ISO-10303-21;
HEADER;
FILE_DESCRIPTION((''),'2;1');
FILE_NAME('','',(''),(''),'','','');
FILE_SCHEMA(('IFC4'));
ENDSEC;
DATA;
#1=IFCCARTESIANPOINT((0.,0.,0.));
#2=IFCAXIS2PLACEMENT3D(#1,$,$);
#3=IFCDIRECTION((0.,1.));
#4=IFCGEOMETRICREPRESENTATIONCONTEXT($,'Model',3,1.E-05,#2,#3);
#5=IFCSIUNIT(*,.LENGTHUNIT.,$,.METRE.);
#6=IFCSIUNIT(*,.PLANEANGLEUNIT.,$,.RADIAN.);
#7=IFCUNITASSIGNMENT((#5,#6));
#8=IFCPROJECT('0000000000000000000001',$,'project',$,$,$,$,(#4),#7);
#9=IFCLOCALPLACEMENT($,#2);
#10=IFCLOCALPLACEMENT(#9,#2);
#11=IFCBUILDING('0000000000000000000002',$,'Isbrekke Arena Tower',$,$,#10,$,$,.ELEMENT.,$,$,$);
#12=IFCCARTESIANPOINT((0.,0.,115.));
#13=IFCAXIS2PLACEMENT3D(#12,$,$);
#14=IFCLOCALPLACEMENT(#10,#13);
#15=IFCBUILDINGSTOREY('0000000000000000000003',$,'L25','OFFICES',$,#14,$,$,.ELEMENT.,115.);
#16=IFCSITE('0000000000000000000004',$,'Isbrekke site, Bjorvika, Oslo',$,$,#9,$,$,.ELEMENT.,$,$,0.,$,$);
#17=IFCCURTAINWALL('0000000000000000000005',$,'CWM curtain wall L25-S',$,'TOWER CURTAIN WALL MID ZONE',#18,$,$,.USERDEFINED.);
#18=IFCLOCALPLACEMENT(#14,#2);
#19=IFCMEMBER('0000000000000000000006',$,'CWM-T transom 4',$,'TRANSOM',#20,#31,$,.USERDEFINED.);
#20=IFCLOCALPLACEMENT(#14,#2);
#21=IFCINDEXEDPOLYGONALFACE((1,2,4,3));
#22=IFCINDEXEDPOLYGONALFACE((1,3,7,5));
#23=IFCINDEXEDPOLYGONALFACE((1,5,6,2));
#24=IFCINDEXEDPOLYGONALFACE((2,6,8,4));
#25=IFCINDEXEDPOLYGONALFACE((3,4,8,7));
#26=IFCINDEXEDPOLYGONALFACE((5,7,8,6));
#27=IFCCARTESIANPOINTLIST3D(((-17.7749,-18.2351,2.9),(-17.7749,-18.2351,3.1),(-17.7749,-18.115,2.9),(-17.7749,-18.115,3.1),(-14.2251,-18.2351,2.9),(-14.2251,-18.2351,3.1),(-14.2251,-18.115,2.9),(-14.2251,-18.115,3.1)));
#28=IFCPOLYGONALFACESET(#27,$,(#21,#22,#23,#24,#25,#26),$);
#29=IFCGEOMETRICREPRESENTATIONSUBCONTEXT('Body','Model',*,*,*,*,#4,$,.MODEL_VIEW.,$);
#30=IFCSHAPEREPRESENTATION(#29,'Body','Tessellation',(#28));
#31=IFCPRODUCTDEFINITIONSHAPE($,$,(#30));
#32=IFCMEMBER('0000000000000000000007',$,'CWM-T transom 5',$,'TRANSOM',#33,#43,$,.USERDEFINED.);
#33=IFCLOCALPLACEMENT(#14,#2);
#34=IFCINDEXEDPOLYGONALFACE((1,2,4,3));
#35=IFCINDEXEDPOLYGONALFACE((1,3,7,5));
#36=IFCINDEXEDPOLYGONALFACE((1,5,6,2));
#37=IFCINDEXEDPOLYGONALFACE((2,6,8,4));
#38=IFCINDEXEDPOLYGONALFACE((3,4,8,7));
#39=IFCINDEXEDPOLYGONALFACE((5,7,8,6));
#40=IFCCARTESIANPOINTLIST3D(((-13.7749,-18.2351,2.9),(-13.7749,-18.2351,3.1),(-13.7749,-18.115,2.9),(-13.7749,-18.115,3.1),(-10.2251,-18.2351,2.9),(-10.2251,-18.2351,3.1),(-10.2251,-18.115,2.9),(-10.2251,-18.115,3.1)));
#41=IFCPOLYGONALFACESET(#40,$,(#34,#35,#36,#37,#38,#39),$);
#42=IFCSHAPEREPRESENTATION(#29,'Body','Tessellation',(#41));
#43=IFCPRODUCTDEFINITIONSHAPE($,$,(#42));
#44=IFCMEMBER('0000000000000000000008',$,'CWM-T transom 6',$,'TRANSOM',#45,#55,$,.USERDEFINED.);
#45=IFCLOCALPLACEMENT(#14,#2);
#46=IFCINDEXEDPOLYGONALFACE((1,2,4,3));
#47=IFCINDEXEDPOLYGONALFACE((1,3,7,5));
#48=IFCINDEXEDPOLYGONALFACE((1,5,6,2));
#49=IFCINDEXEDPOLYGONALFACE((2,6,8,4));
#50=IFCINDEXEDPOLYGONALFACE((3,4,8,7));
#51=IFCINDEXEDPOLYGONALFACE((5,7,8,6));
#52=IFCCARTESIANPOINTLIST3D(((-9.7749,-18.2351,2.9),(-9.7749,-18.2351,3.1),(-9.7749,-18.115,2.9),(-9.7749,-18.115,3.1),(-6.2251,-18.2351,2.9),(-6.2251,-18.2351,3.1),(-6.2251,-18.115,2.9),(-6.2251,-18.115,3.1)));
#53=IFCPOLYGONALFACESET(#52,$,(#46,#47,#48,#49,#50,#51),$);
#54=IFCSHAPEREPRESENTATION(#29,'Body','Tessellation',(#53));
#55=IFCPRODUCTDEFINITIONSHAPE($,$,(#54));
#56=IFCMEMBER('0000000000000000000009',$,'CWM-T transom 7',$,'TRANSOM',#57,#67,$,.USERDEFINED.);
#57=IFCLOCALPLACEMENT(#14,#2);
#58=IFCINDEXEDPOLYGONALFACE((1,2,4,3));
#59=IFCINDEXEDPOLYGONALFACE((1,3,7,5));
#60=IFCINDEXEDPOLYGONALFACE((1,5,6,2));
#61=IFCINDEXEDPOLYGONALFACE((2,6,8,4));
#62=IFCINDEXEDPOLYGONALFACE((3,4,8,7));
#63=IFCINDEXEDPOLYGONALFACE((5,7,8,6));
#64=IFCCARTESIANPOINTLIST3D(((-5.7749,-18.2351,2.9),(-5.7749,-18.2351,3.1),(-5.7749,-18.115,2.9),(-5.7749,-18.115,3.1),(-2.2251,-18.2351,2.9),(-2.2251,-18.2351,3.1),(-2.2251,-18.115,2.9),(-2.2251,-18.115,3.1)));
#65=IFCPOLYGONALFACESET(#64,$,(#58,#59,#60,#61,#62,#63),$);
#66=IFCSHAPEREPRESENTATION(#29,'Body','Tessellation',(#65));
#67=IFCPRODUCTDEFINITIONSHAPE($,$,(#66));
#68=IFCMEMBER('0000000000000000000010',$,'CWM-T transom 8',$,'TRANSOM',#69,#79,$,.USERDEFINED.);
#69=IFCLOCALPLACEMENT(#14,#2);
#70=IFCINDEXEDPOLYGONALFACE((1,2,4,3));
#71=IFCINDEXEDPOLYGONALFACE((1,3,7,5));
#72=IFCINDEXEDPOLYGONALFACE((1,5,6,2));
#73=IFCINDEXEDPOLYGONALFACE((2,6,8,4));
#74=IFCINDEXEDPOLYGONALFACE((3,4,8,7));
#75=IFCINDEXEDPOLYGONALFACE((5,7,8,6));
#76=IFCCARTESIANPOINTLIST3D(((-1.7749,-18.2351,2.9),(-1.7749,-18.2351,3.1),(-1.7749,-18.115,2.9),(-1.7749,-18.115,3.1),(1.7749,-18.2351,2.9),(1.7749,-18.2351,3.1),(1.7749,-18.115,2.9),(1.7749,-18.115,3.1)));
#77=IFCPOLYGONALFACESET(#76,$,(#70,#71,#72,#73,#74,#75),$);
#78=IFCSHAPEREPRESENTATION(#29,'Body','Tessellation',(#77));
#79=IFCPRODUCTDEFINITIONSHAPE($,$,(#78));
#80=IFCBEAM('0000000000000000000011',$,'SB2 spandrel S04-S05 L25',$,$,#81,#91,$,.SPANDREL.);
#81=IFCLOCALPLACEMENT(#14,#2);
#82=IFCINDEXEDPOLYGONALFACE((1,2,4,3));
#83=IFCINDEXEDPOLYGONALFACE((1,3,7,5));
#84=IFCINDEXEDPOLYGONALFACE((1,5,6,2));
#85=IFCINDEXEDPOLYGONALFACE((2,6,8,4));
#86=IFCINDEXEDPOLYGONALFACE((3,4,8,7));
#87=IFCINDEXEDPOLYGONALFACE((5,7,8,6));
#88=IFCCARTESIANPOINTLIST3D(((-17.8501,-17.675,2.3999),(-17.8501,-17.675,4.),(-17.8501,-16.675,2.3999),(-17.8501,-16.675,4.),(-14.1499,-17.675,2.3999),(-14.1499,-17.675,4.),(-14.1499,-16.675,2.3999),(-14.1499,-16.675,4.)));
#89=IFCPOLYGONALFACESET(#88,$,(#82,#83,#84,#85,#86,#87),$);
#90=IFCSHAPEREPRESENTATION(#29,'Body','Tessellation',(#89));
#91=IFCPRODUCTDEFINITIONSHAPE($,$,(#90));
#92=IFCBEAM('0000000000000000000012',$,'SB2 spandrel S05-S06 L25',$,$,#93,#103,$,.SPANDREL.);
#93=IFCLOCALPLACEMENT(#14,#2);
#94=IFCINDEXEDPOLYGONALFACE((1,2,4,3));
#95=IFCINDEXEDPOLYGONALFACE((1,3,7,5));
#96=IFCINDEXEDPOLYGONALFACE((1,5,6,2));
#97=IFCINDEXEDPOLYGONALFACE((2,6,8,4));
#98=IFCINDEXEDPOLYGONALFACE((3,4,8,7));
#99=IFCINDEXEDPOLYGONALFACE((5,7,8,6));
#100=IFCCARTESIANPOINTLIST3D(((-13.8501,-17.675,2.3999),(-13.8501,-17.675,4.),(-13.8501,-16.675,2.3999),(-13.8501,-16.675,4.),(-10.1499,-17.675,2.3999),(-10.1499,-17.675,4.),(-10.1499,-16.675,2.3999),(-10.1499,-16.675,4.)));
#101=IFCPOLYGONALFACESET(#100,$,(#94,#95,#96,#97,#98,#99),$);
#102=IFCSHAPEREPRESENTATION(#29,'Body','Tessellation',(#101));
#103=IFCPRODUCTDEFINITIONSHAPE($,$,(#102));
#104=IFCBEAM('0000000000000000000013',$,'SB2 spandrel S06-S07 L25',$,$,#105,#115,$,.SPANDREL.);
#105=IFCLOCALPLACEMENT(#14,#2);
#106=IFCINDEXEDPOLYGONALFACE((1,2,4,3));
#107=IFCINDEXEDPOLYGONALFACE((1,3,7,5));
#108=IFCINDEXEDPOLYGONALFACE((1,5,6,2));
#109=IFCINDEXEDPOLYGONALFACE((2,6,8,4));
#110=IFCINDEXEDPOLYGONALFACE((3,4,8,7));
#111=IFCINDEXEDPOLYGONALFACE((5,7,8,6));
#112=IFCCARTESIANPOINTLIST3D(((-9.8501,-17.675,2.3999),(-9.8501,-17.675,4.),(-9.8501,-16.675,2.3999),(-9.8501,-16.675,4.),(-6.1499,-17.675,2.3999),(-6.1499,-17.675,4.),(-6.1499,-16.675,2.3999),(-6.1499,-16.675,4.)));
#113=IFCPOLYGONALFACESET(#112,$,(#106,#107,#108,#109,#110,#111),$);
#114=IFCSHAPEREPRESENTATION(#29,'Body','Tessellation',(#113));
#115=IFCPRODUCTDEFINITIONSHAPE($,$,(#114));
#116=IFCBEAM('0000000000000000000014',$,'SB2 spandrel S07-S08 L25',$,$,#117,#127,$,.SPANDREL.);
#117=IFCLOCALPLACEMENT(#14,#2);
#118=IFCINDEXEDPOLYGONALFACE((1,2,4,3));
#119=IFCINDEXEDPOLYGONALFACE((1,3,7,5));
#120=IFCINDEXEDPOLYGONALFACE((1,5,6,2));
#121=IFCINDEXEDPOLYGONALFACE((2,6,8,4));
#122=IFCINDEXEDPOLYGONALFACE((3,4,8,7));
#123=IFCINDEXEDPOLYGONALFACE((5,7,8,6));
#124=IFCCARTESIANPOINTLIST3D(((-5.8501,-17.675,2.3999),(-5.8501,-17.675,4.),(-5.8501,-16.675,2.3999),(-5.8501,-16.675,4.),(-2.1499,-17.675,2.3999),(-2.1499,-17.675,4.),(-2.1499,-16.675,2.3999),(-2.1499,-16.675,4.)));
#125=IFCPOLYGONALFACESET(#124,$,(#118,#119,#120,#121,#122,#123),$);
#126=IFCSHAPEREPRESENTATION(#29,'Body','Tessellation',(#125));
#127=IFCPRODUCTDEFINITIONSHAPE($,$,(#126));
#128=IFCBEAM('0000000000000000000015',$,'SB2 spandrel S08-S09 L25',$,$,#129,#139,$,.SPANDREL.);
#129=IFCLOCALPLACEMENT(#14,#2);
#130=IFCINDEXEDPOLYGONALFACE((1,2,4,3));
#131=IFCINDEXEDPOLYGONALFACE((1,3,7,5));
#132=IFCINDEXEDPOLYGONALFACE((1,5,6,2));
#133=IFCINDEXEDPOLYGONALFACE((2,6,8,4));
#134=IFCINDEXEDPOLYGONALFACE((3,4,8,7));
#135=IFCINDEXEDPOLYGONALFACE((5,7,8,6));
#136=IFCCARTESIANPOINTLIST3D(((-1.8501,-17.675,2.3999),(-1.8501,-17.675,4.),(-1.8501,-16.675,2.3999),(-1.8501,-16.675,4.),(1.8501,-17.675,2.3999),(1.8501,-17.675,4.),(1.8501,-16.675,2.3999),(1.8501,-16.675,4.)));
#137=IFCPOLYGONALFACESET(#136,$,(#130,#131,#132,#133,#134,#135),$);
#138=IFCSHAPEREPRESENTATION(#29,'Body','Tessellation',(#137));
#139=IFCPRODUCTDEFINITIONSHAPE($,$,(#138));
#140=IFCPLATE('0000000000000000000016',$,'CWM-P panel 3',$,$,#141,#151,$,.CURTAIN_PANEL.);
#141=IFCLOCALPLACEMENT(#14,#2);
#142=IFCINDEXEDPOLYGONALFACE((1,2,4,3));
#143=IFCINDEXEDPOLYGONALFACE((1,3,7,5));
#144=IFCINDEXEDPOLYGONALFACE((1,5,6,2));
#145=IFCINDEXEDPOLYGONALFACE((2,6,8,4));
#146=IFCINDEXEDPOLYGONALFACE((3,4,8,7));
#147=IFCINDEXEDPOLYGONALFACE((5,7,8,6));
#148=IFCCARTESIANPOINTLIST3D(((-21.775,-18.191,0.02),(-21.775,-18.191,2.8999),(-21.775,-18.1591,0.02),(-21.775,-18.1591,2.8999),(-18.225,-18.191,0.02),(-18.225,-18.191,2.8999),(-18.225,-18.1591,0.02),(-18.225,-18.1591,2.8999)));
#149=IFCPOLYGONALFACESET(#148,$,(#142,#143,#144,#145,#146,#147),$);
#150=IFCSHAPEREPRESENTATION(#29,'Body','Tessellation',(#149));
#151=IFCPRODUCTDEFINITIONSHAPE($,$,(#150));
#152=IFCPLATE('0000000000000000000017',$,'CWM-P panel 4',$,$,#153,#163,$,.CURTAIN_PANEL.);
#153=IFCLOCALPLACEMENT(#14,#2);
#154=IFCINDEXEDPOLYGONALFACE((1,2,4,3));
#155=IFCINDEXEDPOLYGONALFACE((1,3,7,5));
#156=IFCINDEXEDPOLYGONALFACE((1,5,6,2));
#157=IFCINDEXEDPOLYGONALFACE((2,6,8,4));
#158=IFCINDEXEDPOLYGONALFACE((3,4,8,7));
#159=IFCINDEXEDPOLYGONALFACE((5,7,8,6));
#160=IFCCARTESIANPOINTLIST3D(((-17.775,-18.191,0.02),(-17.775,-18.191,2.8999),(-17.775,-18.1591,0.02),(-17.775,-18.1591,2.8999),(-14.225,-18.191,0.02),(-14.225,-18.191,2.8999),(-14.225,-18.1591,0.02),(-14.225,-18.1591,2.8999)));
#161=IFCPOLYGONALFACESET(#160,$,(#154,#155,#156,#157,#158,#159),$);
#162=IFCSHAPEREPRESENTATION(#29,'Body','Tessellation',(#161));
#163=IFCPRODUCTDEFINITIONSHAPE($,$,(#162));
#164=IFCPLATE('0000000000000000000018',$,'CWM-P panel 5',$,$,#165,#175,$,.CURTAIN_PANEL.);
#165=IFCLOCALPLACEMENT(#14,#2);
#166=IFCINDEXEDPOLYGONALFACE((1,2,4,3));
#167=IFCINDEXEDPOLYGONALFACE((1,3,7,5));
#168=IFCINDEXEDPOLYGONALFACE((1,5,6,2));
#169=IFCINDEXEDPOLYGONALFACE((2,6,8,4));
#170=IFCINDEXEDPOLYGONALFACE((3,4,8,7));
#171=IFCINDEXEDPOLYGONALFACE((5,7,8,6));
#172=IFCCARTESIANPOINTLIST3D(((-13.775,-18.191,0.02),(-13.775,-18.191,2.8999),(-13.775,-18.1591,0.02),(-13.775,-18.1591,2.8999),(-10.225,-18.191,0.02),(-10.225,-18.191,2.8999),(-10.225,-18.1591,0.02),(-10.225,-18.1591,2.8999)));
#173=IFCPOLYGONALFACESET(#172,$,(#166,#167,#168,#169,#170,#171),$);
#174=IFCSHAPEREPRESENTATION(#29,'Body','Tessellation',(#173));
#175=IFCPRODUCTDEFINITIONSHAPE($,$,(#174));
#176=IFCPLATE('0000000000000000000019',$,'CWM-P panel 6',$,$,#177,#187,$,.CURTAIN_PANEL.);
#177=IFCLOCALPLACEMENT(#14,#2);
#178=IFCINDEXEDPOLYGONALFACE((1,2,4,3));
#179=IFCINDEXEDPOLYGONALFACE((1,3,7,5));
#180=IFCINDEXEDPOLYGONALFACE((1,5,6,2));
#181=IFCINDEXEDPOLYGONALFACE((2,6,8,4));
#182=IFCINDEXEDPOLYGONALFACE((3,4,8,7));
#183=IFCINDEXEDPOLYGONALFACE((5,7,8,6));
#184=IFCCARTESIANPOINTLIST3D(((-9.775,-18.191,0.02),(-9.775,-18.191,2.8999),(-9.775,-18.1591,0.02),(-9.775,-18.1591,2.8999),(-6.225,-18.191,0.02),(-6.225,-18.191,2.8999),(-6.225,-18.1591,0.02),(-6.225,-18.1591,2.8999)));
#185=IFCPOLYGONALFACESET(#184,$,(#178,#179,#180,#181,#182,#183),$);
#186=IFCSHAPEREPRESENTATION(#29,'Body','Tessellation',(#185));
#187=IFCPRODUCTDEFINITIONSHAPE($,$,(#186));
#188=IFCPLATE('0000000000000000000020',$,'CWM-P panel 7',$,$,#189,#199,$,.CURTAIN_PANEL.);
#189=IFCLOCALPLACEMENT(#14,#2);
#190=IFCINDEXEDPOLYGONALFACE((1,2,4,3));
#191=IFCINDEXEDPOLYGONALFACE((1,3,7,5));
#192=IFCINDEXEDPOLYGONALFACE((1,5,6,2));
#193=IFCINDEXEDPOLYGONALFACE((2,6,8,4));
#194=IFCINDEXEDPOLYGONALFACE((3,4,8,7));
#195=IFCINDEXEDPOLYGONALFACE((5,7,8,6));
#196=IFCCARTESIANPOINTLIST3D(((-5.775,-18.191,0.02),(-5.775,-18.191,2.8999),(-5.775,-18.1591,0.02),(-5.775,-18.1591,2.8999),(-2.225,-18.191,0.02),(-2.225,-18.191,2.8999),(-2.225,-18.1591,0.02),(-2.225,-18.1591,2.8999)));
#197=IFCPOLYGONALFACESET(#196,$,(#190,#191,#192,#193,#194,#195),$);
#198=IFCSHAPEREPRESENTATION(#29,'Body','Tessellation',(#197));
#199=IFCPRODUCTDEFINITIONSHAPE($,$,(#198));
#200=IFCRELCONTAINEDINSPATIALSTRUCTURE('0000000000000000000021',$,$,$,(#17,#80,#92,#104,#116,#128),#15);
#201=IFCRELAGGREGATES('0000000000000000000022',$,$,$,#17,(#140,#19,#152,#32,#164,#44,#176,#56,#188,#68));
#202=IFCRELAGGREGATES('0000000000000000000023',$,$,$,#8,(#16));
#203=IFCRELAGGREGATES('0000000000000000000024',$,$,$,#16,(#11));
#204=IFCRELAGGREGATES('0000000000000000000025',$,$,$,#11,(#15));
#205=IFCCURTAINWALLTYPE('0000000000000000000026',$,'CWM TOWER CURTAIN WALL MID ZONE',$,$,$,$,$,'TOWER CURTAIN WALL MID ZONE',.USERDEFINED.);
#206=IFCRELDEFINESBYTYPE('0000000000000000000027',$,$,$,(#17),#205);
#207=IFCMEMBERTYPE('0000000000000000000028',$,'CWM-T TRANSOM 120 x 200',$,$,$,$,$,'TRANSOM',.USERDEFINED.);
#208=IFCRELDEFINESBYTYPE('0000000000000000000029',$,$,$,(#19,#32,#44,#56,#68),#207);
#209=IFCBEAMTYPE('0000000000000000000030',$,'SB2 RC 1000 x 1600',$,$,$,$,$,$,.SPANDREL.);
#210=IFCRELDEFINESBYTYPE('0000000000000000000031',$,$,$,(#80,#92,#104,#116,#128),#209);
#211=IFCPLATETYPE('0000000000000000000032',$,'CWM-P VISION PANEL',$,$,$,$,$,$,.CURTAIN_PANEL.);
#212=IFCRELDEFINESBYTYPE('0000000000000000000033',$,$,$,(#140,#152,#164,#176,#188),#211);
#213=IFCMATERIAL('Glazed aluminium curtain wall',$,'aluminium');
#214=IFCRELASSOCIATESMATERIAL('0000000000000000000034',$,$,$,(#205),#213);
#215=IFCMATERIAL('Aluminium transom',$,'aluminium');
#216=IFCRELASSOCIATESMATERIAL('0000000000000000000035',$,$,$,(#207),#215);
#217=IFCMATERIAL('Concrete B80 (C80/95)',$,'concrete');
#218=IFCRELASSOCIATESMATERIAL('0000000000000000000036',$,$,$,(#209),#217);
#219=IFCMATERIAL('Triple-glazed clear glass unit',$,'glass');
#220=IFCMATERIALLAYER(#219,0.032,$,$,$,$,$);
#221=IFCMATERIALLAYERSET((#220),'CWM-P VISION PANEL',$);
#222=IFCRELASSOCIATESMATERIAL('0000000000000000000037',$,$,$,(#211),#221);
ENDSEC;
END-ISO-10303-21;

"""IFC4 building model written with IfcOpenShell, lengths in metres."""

from ifc_helpers import new_model, si_unit, direction, frame, origin, origin_2d, place, context, subcontext, project, spatial, rectangle, extrude, material, layer, layer_set, material_profile, profile_set, type_object, element, aggregate, save


model = new_model("IFC4")

# Units and contexts
model_context = context("Model", 3, precision=1e-05, world=origin(), true_north=direction((0.0, 1.0)))
body_context = subcontext(model_context, "Body", "Model", "MODEL_VIEW")
ifc_project = project(units=[si_unit("LENGTHUNIT", "METRE"), si_unit("PLANEANGLEUNIT", "RADIAN")], contexts=[model_context])

# Site, building, storey
site_placement = place(None, origin())
site = spatial("IfcSite", under=ifc_project, at=site_placement, Name="Isbrekke site, Bjorvika, Oslo", CompositionType="ELEMENT", RefElevation=0.0)
building_placement = place(site_placement, origin())
building = spatial("IfcBuilding", under=site, at=building_placement, Name="Isbrekke Arena Tower", CompositionType="ELEMENT")
storey_placement = place(building_placement, frame((0.0, 0.0, 115.0)))
storey = spatial("IfcBuildingStorey", under=building, at=storey_placement, Name="L25", Description="OFFICES", CompositionType="ELEMENT", Elevation=115.0)

# Curtain wall, members
ifc_material_1 = material(Name="Glazed aluminium curtain wall", Category="aluminium")
curtain_wall_type = type_object("IfcCurtainWallType", Name="CWM TOWER CURTAIN WALL MID ZONE", ElementType="TOWER CURTAIN WALL MID ZONE", PredefinedType="USERDEFINED", material=ifc_material_1)
curtain_wall_placement = place(storey_placement, origin())
curtain_wall = element("IfcCurtainWall", 1, at=curtain_wall_placement, inside=storey, type_object=curtain_wall_type, Name="CWM curtain wall L25-S", ObjectType="TOWER CURTAIN WALL MID ZONE", PredefinedType="USERDEFINED")
ifc_material_2 = material(Name="Aluminium transom", Category="aluminium")
ifc_material_profile_1 = material_profile(ifc_material_2, rectangle(XDim=0.1201, YDim=0.2, at=origin_2d()), Name="TRANSOM 120X200")
ifc_profile_set_1 = profile_set([ifc_material_profile_1], Name="Aluminium transom")
member_type_1 = type_object("IfcMemberType", Name="CWM-T TRANSOM 120 x 200", ElementType="TRANSOM", PredefinedType="USERDEFINED", material=ifc_profile_set_1)
member_1_placement = place(storey_placement, frame((-17.7749, -18.175, 3.0), z_axis=(1.0, 0.0, 0.0), x_axis=(0.0, 1.0, 0.0)))
member_1 = element("IfcMember", 2, at=member_1_placement, type_object=member_type_1, Name="CWM-T transom 4", ObjectType="TRANSOM", PredefinedType="USERDEFINED", context=body_context, shape_type="SweptSolid", body=[
    extrude(rectangle(XDim=0.1201, YDim=0.2, at=origin_2d()), origin(), (0.0, 0.0, 1.0), 3.5498),
])
member_2_placement = place(storey_placement, frame((-13.7749, -18.175, 3.0), z_axis=(1.0, 0.0, 0.0), x_axis=(0.0, 1.0, 0.0)))
member_2 = element("IfcMember", 3, at=member_2_placement, type_object=member_type_1, Name="CWM-T transom 5", ObjectType="TRANSOM", PredefinedType="USERDEFINED", context=body_context, shape_type="SweptSolid", body=[
    extrude(rectangle(XDim=0.1201, YDim=0.2, at=origin_2d()), origin(), (0.0, 0.0, 1.0), 3.5498),
])
member_3_placement = place(storey_placement, frame((-9.7749, -18.175, 3.0), z_axis=(1.0, 0.0, 0.0), x_axis=(0.0, 1.0, 0.0)))
member_3 = element("IfcMember", 4, at=member_3_placement, type_object=member_type_1, Name="CWM-T transom 6", ObjectType="TRANSOM", PredefinedType="USERDEFINED", context=body_context, shape_type="SweptSolid", body=[
    extrude(rectangle(XDim=0.1201, YDim=0.2, at=origin_2d()), origin(), (0.0, 0.0, 1.0), 3.5498),
])
member_4_placement = place(storey_placement, frame((-5.7749, -18.175, 3.0), z_axis=(1.0, 0.0, 0.0), x_axis=(0.0, 1.0, 0.0)))
member_4 = element("IfcMember", 5, at=member_4_placement, type_object=member_type_1, Name="CWM-T transom 7", ObjectType="TRANSOM", PredefinedType="USERDEFINED", context=body_context, shape_type="SweptSolid", body=[
    extrude(rectangle(XDim=0.1201, YDim=0.2, at=origin_2d()), origin(), (0.0, 0.0, 1.0), 3.5498),
])
member_5_placement = place(storey_placement, frame((-1.7749, -18.175, 3.0), z_axis=(1.0, 0.0, 0.0), x_axis=(0.0, 1.0, 0.0)))
member_5 = element("IfcMember", 6, at=member_5_placement, type_object=member_type_1, Name="CWM-T transom 8", ObjectType="TRANSOM", PredefinedType="USERDEFINED", context=body_context, shape_type="SweptSolid", body=[
    extrude(rectangle(XDim=0.1201, YDim=0.2, at=origin_2d()), origin(), (0.0, 0.0, 1.0), 3.5498),
])

# Beams
ifc_material_3 = material(Name="Concrete B80 (C80/95)", Category="concrete")
ifc_material_profile_2 = material_profile(ifc_material_3, rectangle(XDim=1.0, YDim=1.6001, at=origin_2d()), Name="RC 1000x1600")
ifc_profile_set_2 = profile_set([ifc_material_profile_2], Name="Concrete B80 (C80/95)")
beam_type_1 = type_object("IfcBeamType", Name="SB2 RC 1000 x 1600", PredefinedType="SPANDREL", material=ifc_profile_set_2)
for number, where, z_axis, x_axis, name in (
    (7, (-17.8501, -17.175, 3.2), (1.0, 0.0, 0.0), (0.0, 1.0, 0.0), "SB2 spandrel S04-S05 L25"),
    (8, (-13.8501, -17.175, 3.2), (1.0, 0.0, 0.0), (0.0, 1.0, 0.0), "SB2 spandrel S05-S06 L25"),
    (9, (-9.8501, -17.175, 3.2), (1.0, 0.0, 0.0), (0.0, 1.0, 0.0), "SB2 spandrel S06-S07 L25"),
    (10, (-5.8501, -17.175, 3.2), (1.0, 0.0, 0.0), (0.0, 1.0, 0.0), "SB2 spandrel S07-S08 L25"),
    (11, (-1.8501, -17.175, 3.2), (1.0, 0.0, 0.0), (0.0, 1.0, 0.0), "SB2 spandrel S08-S09 L25"),
):
    element("IfcBeam", number, at=place(storey_placement, frame(where, z_axis=z_axis, x_axis=x_axis)), inside=storey, type_object=beam_type_1, Name=name, PredefinedType="SPANDREL", context=body_context, shape_type="SweptSolid", body=[
        extrude(rectangle(XDim=1.0, YDim=1.6001, at=origin_2d()), origin(), (0.0, 0.0, 1.0), 3.7002),
    ])

# Plates
ifc_material_4 = material(Name="Triple-glazed clear glass unit", Category="glass")
ifc_layer = layer(ifc_material_4, 0.032)
ifc_layer_set = layer_set([ifc_layer], Name="CWM-P VISION PANEL")
plate_type = type_object("IfcPlateType", Name="CWM-P VISION PANEL", PredefinedType="CURTAIN_PANEL", material=ifc_layer_set)
plate_1_placement = place(storey_placement, frame((-20.0, -18.175, 0.02), z_axis=(0.0, 0.0, 1.0), x_axis=(1.0, 0.0, 0.0)))
plate_1 = element("IfcPlate", 12, at=plate_1_placement, type_object=plate_type, Name="CWM-P panel 3", PredefinedType="CURTAIN_PANEL", context=body_context, shape_type="SweptSolid", body=[
    extrude(rectangle(XDim=3.55, YDim=0.032, at=origin_2d()), origin(), (0.0, 0.0, 1.0), 2.8799),
])
plate_2_placement = place(storey_placement, frame((-16.0, -18.175, 0.02), z_axis=(0.0, 0.0, 1.0), x_axis=(1.0, 0.0, 0.0)))
plate_2 = element("IfcPlate", 13, at=plate_2_placement, type_object=plate_type, Name="CWM-P panel 4", PredefinedType="CURTAIN_PANEL", context=body_context, shape_type="SweptSolid", body=[
    extrude(rectangle(XDim=3.55, YDim=0.032, at=origin_2d()), origin(), (0.0, 0.0, 1.0), 2.8799),
])
plate_3_placement = place(storey_placement, frame((-12.0, -18.175, 0.02), z_axis=(0.0, 0.0, 1.0), x_axis=(1.0, 0.0, 0.0)))
plate_3 = element("IfcPlate", 14, at=plate_3_placement, type_object=plate_type, Name="CWM-P panel 5", PredefinedType="CURTAIN_PANEL", context=body_context, shape_type="SweptSolid", body=[
    extrude(rectangle(XDim=3.55, YDim=0.032, at=origin_2d()), origin(), (0.0, 0.0, 1.0), 2.8799),
])
plate_4_placement = place(storey_placement, frame((-8.0, -18.175, 0.02), z_axis=(0.0, 0.0, 1.0), x_axis=(1.0, 0.0, 0.0)))
plate_4 = element("IfcPlate", 15, at=plate_4_placement, type_object=plate_type, Name="CWM-P panel 6", PredefinedType="CURTAIN_PANEL", context=body_context, shape_type="SweptSolid", body=[
    extrude(rectangle(XDim=3.55, YDim=0.032, at=origin_2d()), origin(), (0.0, 0.0, 1.0), 2.8799),
])
plate_5_placement = place(storey_placement, frame((-4.0, -18.175, 0.02), z_axis=(0.0, 0.0, 1.0), x_axis=(1.0, 0.0, 0.0)))
plate_5 = element("IfcPlate", 16, at=plate_5_placement, type_object=plate_type, Name="CWM-P panel 7", PredefinedType="CURTAIN_PANEL", context=body_context, shape_type="SweptSolid", body=[
    extrude(rectangle(XDim=3.55, YDim=0.032, at=origin_2d()), origin(), (0.0, 0.0, 1.0), 2.8799),
])
aggregate(curtain_wall, [plate_1, member_1, plate_2, member_2, plate_3, member_3, plate_4, member_4, plate_5, member_5])

save(model, "model.ifc")
